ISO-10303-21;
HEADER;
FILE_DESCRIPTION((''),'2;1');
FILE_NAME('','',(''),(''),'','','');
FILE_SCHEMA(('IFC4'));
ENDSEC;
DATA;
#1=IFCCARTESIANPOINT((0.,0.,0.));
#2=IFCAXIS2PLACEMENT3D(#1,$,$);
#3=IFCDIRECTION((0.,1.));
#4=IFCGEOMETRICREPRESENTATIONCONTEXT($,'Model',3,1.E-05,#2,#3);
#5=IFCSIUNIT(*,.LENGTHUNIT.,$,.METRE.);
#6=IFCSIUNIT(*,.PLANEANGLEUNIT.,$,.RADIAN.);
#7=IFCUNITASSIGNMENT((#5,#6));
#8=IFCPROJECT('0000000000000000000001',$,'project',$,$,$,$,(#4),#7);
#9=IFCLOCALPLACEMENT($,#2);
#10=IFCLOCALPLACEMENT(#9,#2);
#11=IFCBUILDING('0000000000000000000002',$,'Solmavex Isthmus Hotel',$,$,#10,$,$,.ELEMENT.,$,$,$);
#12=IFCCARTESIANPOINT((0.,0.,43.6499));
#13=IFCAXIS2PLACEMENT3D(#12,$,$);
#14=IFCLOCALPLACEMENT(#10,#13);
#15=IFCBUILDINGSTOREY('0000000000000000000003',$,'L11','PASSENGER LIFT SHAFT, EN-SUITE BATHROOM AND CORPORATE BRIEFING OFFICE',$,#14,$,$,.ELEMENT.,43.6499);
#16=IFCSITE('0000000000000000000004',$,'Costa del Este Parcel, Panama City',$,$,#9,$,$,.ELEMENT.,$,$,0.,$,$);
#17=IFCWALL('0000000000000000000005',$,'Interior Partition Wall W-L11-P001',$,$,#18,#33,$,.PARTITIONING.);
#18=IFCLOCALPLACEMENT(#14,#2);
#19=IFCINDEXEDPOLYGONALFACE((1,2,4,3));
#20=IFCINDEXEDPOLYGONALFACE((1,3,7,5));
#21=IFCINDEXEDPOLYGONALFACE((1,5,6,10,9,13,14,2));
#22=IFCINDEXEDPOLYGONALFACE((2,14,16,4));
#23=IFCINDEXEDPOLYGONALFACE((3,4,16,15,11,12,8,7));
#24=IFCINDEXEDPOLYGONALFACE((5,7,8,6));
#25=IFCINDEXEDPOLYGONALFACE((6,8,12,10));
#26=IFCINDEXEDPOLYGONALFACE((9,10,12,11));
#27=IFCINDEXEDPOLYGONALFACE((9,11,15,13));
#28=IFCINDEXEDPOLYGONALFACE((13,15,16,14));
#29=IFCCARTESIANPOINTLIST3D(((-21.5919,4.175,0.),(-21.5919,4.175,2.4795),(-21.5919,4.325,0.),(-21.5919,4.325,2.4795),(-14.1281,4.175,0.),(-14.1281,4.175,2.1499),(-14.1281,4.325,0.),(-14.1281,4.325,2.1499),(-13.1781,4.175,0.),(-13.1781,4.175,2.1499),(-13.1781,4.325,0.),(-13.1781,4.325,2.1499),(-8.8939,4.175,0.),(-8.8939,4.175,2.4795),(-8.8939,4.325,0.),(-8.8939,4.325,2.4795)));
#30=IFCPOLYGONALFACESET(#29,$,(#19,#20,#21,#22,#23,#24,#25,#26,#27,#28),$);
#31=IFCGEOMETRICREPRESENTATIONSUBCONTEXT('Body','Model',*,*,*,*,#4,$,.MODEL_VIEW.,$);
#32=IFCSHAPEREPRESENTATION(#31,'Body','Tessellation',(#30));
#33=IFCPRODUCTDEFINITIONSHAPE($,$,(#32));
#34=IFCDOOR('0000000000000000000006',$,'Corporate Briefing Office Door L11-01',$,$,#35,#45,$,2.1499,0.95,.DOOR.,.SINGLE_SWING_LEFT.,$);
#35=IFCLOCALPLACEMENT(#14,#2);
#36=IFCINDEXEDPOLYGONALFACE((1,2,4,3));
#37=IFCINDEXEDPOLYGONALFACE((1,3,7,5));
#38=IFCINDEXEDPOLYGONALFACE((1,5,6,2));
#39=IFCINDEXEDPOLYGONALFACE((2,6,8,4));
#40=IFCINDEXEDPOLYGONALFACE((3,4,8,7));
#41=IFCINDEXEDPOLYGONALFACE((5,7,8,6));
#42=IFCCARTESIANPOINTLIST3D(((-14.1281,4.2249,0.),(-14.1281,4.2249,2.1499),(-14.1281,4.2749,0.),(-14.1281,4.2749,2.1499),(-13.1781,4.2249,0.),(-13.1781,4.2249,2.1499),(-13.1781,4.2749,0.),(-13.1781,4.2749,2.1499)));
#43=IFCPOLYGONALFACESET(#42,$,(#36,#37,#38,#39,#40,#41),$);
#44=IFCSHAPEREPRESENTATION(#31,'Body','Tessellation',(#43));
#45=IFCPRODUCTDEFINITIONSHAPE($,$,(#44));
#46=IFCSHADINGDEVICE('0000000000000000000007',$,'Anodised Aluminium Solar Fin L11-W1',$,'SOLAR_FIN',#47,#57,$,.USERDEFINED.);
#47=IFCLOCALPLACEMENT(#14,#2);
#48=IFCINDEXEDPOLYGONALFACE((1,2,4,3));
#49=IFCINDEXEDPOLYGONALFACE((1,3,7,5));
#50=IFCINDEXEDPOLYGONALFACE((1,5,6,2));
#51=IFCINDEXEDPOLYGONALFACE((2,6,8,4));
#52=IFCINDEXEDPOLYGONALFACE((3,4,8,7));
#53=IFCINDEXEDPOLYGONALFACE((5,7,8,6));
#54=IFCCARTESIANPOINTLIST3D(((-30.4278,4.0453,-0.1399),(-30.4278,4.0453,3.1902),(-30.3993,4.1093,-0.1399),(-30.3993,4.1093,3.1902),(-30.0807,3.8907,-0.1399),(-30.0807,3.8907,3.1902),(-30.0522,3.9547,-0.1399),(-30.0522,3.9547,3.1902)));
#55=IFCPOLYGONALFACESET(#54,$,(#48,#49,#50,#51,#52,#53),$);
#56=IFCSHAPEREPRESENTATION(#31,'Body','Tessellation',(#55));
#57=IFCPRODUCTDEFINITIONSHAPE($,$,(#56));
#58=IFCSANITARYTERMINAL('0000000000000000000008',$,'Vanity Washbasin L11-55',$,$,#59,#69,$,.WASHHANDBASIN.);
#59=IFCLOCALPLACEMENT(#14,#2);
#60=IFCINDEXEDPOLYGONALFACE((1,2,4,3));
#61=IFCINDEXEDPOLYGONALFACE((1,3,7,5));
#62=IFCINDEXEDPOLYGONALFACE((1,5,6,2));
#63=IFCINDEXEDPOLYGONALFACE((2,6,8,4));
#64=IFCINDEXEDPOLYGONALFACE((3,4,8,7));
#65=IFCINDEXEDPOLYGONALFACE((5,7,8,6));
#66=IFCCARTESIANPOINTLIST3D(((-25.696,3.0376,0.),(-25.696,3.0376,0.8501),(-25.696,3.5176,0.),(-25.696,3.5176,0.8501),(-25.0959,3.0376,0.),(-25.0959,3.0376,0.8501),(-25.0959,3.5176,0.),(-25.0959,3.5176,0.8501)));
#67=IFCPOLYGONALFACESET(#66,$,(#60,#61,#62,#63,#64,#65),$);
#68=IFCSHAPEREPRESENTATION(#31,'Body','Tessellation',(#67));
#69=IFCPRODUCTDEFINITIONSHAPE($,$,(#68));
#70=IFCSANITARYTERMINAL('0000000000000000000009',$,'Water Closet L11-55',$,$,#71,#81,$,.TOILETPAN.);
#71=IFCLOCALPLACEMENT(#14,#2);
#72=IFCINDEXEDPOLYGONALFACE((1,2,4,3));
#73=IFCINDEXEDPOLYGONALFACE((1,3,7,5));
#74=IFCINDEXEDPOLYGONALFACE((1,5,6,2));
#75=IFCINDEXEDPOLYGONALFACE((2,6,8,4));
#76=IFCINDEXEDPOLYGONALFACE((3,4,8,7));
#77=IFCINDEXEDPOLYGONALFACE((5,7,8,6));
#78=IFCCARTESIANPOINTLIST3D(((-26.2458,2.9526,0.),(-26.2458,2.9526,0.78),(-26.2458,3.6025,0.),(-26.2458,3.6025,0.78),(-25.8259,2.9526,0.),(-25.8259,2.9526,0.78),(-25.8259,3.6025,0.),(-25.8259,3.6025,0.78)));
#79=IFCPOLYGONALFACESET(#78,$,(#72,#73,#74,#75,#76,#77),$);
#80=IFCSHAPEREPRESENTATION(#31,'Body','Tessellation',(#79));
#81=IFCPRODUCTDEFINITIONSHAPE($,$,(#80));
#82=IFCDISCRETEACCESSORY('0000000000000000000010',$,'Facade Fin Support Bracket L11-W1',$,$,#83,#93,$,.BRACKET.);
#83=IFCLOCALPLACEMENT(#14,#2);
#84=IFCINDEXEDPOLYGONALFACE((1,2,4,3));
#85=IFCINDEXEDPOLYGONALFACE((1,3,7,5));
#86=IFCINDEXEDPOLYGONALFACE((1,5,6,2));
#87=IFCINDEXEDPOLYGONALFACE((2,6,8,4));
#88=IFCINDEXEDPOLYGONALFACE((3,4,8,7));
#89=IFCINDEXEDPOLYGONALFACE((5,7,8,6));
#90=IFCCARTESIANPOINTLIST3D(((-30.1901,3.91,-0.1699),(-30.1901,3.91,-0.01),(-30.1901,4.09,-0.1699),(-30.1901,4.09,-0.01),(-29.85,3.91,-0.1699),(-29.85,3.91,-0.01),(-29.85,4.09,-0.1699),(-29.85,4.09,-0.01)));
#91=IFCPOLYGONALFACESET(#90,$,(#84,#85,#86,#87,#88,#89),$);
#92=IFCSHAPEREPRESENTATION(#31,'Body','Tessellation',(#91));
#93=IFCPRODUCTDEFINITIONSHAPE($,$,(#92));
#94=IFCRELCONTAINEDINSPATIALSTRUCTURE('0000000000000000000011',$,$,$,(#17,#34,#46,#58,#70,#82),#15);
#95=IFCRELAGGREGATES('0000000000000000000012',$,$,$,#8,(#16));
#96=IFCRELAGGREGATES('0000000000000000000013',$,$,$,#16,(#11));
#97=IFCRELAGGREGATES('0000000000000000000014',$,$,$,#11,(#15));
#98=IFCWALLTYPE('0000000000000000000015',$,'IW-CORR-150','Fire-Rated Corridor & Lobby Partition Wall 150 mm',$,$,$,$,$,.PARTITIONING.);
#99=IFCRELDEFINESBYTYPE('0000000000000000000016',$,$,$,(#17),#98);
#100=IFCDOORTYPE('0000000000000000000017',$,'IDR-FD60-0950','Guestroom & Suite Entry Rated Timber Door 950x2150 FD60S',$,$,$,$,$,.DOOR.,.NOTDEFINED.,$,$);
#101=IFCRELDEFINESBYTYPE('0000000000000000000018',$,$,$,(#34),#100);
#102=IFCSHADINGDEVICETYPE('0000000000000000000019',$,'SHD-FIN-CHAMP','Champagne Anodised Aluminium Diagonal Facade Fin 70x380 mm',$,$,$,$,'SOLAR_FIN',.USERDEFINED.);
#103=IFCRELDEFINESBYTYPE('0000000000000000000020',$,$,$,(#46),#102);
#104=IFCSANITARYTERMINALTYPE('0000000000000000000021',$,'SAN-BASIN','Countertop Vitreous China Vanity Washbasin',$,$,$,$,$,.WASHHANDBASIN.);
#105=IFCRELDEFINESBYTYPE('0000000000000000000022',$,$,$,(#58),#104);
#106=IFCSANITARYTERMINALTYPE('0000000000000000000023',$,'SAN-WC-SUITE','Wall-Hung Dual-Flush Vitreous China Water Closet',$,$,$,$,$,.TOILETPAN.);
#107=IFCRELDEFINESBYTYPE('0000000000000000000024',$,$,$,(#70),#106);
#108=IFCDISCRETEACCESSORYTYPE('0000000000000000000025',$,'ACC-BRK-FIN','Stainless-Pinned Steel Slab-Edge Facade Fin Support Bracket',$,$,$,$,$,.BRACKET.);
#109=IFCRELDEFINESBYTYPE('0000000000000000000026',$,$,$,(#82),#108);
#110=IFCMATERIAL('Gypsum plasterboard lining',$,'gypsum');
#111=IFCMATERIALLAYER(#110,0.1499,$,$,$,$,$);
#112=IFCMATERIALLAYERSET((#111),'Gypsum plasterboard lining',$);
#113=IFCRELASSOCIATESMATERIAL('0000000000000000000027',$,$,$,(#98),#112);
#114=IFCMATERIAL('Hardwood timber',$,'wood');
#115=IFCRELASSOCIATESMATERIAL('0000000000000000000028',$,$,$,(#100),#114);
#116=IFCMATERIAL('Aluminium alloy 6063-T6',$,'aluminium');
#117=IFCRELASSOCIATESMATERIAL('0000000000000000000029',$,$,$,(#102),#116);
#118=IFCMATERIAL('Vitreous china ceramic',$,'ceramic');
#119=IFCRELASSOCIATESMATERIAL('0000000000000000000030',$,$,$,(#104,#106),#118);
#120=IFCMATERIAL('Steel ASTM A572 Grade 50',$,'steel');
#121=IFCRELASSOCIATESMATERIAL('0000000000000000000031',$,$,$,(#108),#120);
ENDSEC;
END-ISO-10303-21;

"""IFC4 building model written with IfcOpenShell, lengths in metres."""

from ifc_helpers import new_model, si_unit, direction, frame, frame_2d, origin, origin_2d, place, context, subcontext, project, spatial, rectangle, extrude, material, layer, layer_set, type_object, element, fill, save


model = new_model("IFC4")

# Units and contexts
model_context = context("Model", 3, precision=1e-05, world=origin(), true_north=direction((0.0, 1.0)))
body_context = subcontext(model_context, "Body", "Model", "MODEL_VIEW")
ifc_project = project(units=[si_unit("LENGTHUNIT", "METRE"), si_unit("PLANEANGLEUNIT", "RADIAN")], contexts=[model_context])

# Site, building, storey
site_placement = place(None, origin())
site = spatial("IfcSite", under=ifc_project, at=site_placement, Name="Costa del Este Parcel, Panama City", CompositionType="ELEMENT", RefElevation=0.0)
building_placement = place(site_placement, origin())
building = spatial("IfcBuilding", under=site, at=building_placement, Name="Solmavex Isthmus Hotel", CompositionType="ELEMENT")
storey_placement = place(building_placement, frame((0.0, 0.0, 43.6499)))
storey = spatial("IfcBuildingStorey", under=building, at=storey_placement, Name="L11", Description="PASSENGER LIFT SHAFT, EN-SUITE BATHROOM AND CORPORATE BRIEFING OFFICE", CompositionType="ELEMENT", Elevation=43.6499)

# Shared definitions
ifc_material_1 = material(Name="Aluminium alloy 6063-T6", Category="aluminium")

# Shared definitions
ifc_material_2 = material(Name="Gypsum plasterboard lining", Category="gypsum")

# Wall, opening, door
ifc_layer_1 = layer(ifc_material_2, 0.1499)
ifc_layer_set_1 = layer_set([ifc_layer_1], Name="Gypsum plasterboard lining")
wall_type_1 = type_object("IfcWallType", Name="IW-CORR-150", Description="Fire-Rated Corridor & Lobby Partition Wall 150 mm", PredefinedType="PARTITIONING", material=ifc_layer_set_1)
wall_1_placement = place(storey_placement, frame((-21.592, 4.25, 0.0), z_axis=(0.0, 0.0, 1.0), x_axis=(1.0, 0.0, 0.0)))
wall_1 = element("IfcWall", 1, at=wall_1_placement, inside=storey, type_object=wall_type_1, Name="Interior Partition Wall W-L11-P001", PredefinedType="PARTITIONING", context=body_context, shape_type="SweptSolid", body=[
    extrude(rectangle(XDim=12.698, YDim=0.1499, at=frame_2d((6.3491, 0.0))), origin(), (0.0, 0.0, 1.0), 2.4795),
])
opening_placement = place(wall_1_placement, frame((7.4639, 0.0, 0.0)))
opening = element("IfcOpeningElement", 2, at=opening_placement, cuts=wall_1, PredefinedType="OPENING", context=body_context, shape_type="SweptSolid", body=[
    extrude(rectangle(XDim=0.95, YDim=2.1499, at=frame_2d((0.4751, 1.075))), frame((0.0, 0.085, 0.0), z_axis=(0.0, -1.0, 0.0), x_axis=(1.0, 0.0, 0.0)), (0.0, 0.0, 1.0), 0.1699),
])
ifc_material_3 = material(Name="Hardwood timber", Category="wood")
door_type = type_object("IfcDoorType", Name="IDR-FD60-0950", Description="Guestroom & Suite Entry Rated Timber Door 950x2150 FD60S", OperationType="NOTDEFINED", PredefinedType="DOOR", material=ifc_material_3)
door_placement = place(opening_placement, origin())
door = element("IfcDoor", 3, at=door_placement, inside=storey, type_object=door_type, Name="Corporate Briefing Office Door L11-01", OperationType="SINGLE_SWING_LEFT", OverallHeight=2.1499, OverallWidth=0.95, PredefinedType="DOOR", context=body_context, shape_type="SweptSolid", body=[
    extrude(rectangle(XDim=0.95, YDim=2.1499, at=frame_2d((0.4751, 1.075))), frame((0.0, 0.0249, 0.0), z_axis=(0.0, -1.0, 0.0), x_axis=(1.0, 0.0, 0.0)), (0.0, 0.0, 1.0), 0.05),
])
fill(opening, door)

# Shading device
shading_device_type = type_object("IfcShadingDeviceType", Name="SHD-FIN-CHAMP", Description="Champagne Anodised Aluminium Diagonal Facade Fin 70x380 mm", ElementType="SOLAR_FIN", PredefinedType="USERDEFINED", material=ifc_material_1)
shading_device_placement = place(storey_placement, frame((-30.24, 4.0, -0.1399), z_axis=(0.0, 0.0, 1.0), x_axis=(-0.913545, 0.406737, 0.0)))
element("IfcShadingDevice", 4, at=shading_device_placement, inside=storey, type_object=shading_device_type, Name="Anodised Aluminium Solar Fin L11-W1", ObjectType="SOLAR_FIN", PredefinedType="USERDEFINED", context=body_context, shape_type="SweptSolid", body=[
    extrude(rectangle(XDim=0.3799, YDim=0.0701, at=origin_2d()), origin(), (0.0, 0.0, 1.0), 3.3301),
])

# Sanitary terminals
ifc_material_4 = material(Name="Vitreous china ceramic", Category="ceramic")
sanitary_terminal_type_1 = type_object("IfcSanitaryTerminalType", Name="SAN-BASIN", Description="Countertop Vitreous China Vanity Washbasin", PredefinedType="WASHHANDBASIN", material=ifc_material_4)
sanitary_terminal_1_placement = place(storey_placement, frame((-25.396, 3.2776, 0.0), z_axis=(0.0, 0.0, 1.0), x_axis=(1.0, 0.0, 0.0)))
element("IfcSanitaryTerminal", 5, at=sanitary_terminal_1_placement, inside=storey, type_object=sanitary_terminal_type_1, Name="Vanity Washbasin L11-55", PredefinedType="WASHHANDBASIN", context=body_context, shape_type="SweptSolid", body=[
    extrude(rectangle(XDim=0.6001, YDim=0.48, at=origin_2d()), origin(), (0.0, 0.0, 1.0), 0.8501),
])
sanitary_terminal_type_2 = type_object("IfcSanitaryTerminalType", Name="SAN-WC-SUITE", Description="Wall-Hung Dual-Flush Vitreous China Water Closet", PredefinedType="TOILETPAN", material=ifc_material_4)
sanitary_terminal_2_placement = place(storey_placement, frame((-26.0359, 3.2776, 0.0), z_axis=(0.0, 0.0, 1.0), x_axis=(1.0, 0.0, 0.0)))
element("IfcSanitaryTerminal", 6, at=sanitary_terminal_2_placement, inside=storey, type_object=sanitary_terminal_type_2, Name="Water Closet L11-55", PredefinedType="TOILETPAN", context=body_context, shape_type="SweptSolid", body=[
    extrude(rectangle(XDim=0.4199, YDim=0.6499, at=origin_2d()), origin(), (0.0, 0.0, 1.0), 0.78),
])

# Discrete accessory
ifc_material_5 = material(Name="Steel ASTM A572 Grade 50", Category="steel")
discrete_accessory_type = type_object("IfcDiscreteAccessoryType", Name="ACC-BRK-FIN", Description="Stainless-Pinned Steel Slab-Edge Facade Fin Support Bracket", PredefinedType="BRACKET", material=ifc_material_5)
discrete_accessory_placement = place(storey_placement, frame((-30.02, 4.0, -0.1699), z_axis=(0.0, 0.0, 1.0), x_axis=(-1.0, 0.0, 0.0)))
element("IfcDiscreteAccessory", 7, at=discrete_accessory_placement, inside=storey, type_object=discrete_accessory_type, Name="Facade Fin Support Bracket L11-W1", PredefinedType="BRACKET", context=body_context, shape_type="SweptSolid", body=[
    extrude(rectangle(XDim=0.3401, YDim=0.1799, at=origin_2d()), origin(), (0.0, 0.0, 1.0), 0.1599),
])

save(model, "model.ifc")
